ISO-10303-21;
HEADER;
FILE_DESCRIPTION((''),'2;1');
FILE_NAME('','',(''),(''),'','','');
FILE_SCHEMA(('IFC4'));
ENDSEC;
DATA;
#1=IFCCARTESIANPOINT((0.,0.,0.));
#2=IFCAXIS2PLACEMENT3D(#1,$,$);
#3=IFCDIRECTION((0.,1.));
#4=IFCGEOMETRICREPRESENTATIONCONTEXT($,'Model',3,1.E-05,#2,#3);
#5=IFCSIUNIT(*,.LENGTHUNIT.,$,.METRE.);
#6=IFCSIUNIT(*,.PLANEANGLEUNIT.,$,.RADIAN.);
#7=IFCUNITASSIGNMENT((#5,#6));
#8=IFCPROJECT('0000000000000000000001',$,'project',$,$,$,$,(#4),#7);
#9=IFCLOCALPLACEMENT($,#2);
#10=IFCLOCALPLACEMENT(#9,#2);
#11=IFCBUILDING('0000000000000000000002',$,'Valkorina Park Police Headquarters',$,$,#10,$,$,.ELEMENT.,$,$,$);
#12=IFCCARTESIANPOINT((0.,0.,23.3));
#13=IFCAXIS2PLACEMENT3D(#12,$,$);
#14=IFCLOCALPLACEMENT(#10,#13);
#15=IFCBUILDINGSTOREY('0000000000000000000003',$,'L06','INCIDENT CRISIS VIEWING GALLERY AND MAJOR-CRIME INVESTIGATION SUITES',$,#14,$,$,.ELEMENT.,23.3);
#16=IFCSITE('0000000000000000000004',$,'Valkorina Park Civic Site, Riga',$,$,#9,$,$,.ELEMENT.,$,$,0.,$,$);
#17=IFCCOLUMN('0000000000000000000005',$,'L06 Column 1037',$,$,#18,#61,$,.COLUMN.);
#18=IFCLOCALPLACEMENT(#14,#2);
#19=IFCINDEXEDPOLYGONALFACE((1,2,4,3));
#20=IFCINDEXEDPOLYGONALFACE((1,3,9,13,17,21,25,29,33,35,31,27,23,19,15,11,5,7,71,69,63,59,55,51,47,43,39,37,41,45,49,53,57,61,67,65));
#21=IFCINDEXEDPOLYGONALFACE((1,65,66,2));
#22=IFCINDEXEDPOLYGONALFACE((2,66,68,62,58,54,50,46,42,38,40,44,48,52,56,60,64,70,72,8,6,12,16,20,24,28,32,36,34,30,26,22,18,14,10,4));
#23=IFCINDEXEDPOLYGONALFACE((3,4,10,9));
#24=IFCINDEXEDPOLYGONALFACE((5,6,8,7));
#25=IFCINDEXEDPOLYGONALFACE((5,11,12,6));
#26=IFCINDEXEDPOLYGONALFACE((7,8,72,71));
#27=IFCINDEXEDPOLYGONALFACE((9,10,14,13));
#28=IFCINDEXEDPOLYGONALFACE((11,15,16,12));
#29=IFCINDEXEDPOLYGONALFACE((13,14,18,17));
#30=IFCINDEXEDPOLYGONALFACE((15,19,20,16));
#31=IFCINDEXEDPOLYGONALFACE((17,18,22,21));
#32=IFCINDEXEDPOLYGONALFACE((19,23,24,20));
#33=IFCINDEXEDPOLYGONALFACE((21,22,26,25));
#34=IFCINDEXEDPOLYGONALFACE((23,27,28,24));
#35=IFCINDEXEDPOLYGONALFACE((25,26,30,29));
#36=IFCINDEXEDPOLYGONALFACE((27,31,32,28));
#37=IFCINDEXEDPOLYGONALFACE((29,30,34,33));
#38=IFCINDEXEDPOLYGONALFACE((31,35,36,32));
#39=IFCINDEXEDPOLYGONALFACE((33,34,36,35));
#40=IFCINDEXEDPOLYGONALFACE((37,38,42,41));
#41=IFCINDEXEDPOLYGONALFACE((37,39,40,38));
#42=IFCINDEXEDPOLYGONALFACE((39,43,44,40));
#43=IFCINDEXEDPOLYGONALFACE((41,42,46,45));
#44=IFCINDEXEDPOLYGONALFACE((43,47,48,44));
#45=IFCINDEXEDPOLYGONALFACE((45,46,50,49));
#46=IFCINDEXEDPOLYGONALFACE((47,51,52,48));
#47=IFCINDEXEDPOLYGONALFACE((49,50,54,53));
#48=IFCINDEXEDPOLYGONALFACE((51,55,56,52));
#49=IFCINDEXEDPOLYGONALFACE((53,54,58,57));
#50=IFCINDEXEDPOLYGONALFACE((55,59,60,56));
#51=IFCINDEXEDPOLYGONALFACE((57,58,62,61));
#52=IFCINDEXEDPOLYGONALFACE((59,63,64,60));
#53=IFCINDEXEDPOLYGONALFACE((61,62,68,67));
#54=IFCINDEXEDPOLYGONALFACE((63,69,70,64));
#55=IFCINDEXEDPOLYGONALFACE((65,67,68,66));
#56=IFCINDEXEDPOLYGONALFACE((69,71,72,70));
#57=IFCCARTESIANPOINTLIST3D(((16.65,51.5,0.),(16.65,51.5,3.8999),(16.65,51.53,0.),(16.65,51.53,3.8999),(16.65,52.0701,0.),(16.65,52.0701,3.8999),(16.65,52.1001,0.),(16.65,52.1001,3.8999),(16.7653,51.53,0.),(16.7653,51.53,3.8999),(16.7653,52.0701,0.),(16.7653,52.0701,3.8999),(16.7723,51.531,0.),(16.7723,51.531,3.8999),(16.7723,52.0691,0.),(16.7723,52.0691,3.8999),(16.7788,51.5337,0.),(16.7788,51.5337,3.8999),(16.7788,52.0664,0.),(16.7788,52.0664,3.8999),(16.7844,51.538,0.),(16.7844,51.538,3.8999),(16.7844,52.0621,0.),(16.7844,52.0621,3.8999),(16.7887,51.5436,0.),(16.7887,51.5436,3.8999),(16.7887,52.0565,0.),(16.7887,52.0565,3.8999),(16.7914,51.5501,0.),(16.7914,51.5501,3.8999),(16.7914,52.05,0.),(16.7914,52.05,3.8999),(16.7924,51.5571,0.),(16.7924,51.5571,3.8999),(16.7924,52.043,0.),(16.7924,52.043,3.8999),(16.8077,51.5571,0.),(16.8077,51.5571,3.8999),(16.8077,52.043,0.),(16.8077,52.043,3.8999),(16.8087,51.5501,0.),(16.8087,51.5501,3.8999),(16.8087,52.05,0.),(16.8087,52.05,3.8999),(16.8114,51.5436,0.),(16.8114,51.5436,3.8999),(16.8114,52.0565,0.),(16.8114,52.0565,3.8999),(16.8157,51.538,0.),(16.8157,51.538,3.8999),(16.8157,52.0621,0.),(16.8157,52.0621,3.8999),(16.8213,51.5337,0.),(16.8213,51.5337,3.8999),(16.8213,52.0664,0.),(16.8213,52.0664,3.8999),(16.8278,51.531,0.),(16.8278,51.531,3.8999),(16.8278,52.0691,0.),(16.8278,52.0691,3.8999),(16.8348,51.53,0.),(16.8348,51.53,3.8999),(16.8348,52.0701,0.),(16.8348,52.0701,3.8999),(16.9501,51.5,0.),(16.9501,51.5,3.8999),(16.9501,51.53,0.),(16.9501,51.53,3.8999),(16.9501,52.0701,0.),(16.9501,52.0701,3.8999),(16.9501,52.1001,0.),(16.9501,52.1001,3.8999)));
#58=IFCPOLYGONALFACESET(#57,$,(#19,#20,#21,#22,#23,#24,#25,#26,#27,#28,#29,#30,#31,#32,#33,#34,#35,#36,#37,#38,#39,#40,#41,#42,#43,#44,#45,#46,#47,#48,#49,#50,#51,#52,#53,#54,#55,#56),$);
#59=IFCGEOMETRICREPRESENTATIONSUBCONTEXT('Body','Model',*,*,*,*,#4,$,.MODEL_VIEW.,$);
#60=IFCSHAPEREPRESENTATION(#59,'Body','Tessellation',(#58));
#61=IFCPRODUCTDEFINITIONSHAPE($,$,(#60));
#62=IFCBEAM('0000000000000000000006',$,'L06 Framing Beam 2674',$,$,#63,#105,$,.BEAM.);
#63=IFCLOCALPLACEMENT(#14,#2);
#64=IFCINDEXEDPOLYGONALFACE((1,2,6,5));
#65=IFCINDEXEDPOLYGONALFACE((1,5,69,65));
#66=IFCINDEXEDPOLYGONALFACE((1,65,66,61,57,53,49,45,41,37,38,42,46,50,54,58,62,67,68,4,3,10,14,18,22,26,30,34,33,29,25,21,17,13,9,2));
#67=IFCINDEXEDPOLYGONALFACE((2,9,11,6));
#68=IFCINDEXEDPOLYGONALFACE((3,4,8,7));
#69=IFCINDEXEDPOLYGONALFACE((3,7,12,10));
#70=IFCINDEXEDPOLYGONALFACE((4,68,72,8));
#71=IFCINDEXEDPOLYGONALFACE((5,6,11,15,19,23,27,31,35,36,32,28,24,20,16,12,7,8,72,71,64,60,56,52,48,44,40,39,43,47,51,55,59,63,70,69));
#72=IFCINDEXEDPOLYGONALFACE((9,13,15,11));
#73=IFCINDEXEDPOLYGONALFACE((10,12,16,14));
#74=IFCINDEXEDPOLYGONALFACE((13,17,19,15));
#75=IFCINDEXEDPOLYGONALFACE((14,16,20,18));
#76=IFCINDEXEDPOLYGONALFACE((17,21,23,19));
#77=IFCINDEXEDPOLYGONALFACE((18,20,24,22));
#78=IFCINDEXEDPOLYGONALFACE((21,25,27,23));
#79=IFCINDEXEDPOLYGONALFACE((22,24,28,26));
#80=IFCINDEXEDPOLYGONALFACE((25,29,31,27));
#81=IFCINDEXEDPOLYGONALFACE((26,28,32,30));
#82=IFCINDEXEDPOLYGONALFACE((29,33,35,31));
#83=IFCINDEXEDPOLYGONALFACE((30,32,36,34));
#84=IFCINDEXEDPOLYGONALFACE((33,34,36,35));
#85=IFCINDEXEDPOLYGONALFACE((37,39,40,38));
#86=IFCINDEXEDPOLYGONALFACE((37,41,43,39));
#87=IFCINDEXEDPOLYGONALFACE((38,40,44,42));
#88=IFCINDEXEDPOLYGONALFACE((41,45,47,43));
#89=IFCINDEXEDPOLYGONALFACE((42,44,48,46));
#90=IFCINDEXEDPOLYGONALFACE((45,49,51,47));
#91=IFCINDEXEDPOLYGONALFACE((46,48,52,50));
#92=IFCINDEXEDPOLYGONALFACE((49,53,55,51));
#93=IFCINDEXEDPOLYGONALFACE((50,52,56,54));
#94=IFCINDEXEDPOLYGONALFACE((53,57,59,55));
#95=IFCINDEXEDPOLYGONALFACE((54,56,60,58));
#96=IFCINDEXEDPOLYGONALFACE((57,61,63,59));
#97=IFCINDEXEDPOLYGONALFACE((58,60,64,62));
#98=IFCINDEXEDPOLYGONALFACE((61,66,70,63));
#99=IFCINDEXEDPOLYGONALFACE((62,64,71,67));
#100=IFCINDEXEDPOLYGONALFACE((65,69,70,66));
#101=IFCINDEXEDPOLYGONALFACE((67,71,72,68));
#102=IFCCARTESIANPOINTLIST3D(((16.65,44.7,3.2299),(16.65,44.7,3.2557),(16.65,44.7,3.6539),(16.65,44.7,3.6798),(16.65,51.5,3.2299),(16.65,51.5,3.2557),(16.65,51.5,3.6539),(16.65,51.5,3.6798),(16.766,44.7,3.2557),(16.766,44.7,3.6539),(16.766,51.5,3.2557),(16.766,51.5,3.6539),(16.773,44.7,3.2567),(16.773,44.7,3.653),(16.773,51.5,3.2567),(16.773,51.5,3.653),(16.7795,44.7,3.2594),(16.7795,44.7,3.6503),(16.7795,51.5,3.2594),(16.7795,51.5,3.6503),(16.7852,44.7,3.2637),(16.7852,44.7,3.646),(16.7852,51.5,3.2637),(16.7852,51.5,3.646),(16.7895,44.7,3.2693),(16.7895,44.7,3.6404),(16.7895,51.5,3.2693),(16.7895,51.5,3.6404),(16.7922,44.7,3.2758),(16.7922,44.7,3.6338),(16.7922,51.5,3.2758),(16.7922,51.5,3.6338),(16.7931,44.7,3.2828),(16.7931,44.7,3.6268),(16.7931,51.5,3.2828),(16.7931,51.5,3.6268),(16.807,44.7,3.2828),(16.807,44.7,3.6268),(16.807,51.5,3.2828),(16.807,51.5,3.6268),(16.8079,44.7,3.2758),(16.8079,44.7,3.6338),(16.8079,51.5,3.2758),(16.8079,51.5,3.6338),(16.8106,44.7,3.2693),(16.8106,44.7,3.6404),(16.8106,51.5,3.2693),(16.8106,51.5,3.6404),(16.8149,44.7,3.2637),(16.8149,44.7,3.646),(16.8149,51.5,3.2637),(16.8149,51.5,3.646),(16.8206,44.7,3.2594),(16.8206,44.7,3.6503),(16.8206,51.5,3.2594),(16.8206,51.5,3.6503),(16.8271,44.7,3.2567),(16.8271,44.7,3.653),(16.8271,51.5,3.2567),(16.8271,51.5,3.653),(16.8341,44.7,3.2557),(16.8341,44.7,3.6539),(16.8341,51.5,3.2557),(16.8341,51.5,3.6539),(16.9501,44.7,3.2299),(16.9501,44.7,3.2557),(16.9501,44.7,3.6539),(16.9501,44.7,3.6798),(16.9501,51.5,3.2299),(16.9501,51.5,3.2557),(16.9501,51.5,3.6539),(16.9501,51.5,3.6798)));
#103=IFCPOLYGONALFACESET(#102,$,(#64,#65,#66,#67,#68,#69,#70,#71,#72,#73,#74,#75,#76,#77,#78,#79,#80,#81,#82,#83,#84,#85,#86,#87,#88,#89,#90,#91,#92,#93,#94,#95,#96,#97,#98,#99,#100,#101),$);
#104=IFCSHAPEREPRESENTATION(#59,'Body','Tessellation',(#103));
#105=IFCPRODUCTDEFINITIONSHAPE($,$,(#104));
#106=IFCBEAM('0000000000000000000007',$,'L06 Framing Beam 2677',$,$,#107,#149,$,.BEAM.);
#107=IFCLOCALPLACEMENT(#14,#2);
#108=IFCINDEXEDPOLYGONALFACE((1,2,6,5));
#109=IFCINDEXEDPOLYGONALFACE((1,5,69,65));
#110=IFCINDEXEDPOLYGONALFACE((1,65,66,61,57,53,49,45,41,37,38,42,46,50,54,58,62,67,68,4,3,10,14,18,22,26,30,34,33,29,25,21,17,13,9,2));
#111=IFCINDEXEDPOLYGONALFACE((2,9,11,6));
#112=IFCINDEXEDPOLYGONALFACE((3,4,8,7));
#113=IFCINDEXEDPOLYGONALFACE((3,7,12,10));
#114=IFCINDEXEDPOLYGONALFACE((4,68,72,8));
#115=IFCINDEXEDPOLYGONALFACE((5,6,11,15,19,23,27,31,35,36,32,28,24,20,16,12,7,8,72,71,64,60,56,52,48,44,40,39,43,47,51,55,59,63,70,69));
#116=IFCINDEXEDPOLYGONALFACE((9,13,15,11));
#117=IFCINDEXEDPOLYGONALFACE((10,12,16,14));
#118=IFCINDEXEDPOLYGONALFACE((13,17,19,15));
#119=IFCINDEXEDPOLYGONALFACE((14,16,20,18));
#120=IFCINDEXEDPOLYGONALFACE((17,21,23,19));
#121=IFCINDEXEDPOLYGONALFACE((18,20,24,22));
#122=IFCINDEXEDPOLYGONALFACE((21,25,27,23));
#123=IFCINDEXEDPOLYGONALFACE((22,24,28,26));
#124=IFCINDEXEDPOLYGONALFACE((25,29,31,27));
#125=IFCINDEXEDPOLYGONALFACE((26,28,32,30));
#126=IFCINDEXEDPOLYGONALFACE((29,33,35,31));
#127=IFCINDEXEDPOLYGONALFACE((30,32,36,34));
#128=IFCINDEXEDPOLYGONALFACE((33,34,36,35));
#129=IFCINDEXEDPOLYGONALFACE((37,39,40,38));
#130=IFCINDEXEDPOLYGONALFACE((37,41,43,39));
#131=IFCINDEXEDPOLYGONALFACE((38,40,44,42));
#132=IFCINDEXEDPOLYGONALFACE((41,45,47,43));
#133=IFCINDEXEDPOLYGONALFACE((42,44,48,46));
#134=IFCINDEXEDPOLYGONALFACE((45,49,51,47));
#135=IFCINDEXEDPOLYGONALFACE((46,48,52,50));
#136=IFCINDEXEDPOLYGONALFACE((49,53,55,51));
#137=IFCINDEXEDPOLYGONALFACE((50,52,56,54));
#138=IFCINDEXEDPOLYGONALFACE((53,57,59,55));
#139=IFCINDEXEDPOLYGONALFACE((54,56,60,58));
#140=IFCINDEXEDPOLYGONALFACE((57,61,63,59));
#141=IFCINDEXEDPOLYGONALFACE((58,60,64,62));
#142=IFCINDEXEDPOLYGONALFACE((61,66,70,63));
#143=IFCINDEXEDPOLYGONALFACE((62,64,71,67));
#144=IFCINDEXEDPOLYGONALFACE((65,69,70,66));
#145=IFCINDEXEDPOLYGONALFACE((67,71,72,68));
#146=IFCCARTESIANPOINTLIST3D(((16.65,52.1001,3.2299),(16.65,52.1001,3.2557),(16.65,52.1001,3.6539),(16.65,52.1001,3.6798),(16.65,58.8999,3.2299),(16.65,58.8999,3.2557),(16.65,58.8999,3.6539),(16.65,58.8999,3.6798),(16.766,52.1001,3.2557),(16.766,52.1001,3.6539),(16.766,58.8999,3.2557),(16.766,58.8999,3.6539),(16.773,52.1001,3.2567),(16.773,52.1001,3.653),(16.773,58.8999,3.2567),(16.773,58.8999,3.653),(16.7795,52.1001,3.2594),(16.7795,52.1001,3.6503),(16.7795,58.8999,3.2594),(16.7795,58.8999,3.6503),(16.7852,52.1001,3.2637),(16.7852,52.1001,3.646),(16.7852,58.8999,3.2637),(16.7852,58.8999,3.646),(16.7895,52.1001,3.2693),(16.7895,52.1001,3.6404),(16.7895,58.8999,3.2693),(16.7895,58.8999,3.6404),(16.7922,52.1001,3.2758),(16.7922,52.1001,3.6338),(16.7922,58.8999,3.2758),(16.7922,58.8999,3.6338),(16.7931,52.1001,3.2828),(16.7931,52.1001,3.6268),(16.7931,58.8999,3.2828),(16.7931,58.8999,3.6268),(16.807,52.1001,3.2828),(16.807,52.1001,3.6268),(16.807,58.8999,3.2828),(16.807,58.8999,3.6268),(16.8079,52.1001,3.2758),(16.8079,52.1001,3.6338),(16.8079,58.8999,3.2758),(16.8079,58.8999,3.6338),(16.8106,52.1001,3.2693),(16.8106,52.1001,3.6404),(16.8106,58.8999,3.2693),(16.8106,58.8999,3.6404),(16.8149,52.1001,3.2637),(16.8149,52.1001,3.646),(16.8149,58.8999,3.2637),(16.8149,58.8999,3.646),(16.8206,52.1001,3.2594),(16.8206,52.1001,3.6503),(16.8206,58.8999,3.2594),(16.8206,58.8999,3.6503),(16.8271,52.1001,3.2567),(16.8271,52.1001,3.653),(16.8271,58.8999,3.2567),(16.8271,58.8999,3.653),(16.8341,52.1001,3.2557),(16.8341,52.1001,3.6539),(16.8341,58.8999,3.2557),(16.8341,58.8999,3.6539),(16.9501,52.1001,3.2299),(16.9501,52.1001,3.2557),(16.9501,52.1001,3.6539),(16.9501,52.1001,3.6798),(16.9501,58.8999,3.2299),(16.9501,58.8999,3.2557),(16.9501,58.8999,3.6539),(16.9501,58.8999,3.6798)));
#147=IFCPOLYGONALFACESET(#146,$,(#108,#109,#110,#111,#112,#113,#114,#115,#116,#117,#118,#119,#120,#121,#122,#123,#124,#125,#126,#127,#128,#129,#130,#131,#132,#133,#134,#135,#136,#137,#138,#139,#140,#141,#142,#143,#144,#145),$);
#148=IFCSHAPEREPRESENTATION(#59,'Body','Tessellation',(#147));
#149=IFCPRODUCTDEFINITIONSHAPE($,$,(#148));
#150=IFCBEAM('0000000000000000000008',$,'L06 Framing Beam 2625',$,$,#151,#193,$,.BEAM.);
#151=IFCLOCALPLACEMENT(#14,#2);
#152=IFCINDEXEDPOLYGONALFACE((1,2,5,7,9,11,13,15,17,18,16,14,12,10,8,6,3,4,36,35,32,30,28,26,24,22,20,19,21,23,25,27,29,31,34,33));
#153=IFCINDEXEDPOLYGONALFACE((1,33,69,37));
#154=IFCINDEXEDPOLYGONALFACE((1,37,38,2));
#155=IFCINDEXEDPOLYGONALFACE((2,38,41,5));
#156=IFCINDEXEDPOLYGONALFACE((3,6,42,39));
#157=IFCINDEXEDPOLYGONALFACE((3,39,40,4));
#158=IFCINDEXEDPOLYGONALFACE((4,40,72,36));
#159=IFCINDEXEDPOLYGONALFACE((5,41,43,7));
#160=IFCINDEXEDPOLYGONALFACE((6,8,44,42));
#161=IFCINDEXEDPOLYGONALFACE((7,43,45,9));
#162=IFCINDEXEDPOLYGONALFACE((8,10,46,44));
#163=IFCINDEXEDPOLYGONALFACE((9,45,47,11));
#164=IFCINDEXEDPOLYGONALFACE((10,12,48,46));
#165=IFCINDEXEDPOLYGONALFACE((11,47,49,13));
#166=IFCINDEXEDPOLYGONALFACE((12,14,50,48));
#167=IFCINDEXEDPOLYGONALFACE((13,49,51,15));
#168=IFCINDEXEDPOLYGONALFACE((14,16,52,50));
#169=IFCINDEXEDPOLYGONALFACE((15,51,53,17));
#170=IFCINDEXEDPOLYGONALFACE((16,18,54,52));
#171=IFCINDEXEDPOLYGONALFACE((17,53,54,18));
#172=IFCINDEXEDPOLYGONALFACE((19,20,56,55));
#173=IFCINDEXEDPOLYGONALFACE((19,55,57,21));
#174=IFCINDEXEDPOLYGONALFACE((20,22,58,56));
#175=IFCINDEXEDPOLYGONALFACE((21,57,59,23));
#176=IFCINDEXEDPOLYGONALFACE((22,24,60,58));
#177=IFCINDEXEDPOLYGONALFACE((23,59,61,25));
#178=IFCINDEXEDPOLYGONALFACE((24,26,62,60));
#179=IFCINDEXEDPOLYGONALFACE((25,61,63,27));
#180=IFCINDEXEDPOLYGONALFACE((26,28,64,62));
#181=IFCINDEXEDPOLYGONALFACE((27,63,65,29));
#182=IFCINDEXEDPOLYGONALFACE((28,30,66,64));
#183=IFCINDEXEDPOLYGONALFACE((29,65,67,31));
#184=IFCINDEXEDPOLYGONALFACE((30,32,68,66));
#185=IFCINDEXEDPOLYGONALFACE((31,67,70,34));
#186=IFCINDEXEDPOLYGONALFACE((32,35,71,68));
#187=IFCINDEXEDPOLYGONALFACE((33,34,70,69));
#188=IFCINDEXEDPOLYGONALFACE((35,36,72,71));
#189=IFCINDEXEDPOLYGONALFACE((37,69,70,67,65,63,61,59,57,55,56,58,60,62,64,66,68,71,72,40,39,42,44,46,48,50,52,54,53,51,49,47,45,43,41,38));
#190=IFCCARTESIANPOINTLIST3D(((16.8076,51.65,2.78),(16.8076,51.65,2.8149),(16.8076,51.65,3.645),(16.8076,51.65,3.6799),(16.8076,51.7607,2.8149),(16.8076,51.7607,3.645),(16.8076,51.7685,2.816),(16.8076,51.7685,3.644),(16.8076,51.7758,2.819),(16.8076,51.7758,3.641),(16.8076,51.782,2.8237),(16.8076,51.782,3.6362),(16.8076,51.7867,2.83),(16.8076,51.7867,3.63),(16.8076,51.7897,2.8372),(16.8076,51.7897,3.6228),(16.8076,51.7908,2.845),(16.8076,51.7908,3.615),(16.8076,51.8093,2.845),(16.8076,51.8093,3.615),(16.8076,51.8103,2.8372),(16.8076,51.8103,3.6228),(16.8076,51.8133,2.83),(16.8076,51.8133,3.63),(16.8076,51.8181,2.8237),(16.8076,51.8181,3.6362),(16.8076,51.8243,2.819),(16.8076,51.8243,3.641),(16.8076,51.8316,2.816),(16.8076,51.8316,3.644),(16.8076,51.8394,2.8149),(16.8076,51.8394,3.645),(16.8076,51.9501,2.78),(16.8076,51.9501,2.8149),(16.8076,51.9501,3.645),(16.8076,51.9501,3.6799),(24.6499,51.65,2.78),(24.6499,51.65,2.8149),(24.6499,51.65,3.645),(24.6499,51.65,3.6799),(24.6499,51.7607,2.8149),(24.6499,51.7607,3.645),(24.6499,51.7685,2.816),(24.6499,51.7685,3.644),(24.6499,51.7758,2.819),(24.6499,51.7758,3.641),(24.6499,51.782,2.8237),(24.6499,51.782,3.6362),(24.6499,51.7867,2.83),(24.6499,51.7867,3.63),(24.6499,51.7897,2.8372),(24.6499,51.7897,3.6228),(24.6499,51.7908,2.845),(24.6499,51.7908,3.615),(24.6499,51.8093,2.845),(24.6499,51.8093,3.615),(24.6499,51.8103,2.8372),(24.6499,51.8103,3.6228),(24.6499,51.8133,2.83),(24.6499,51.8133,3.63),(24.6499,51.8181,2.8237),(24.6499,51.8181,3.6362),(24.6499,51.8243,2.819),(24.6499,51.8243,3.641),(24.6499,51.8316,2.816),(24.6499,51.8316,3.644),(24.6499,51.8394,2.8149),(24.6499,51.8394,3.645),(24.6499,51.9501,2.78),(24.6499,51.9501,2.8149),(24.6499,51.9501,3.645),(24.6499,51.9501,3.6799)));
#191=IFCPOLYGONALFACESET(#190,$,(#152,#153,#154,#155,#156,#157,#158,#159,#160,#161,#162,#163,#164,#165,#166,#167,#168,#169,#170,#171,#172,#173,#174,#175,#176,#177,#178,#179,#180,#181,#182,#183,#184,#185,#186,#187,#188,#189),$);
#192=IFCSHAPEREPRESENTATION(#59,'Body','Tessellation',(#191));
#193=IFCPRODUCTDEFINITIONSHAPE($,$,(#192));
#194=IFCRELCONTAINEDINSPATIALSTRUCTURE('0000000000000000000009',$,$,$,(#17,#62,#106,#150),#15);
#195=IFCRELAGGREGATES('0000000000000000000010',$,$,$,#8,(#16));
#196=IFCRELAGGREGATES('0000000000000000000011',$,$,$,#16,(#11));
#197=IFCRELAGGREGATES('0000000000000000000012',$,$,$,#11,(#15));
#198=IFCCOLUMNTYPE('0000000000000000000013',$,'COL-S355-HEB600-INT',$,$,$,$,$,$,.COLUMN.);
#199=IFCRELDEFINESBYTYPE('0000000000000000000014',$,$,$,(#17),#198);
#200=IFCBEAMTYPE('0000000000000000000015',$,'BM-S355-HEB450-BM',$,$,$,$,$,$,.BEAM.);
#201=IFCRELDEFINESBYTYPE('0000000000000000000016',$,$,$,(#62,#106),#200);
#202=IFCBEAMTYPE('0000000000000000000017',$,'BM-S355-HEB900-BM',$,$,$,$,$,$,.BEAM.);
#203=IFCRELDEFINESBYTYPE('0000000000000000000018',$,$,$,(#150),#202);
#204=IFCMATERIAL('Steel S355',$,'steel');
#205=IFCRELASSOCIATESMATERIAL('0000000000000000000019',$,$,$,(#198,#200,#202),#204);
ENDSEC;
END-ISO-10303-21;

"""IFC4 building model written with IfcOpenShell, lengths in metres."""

from ifc_helpers import new_model, si_unit, direction, frame, origin, origin_2d, place, context, subcontext, project, spatial, i_section, extrude, material, material_profile, profile_set, type_object, element, save


model = new_model("IFC4")

# Units and contexts
model_context = context("Model", 3, precision=1e-05, world=origin(), true_north=direction((0.0, 1.0)))
body_context = subcontext(model_context, "Body", "Model", "MODEL_VIEW")
ifc_project = project(units=[si_unit("LENGTHUNIT", "METRE"), si_unit("PLANEANGLEUNIT", "RADIAN")], contexts=[model_context])

# Site, building, storey
site_placement = place(None, origin())
site = spatial("IfcSite", under=ifc_project, at=site_placement, Name="Valkorina Park Civic Site, Riga", CompositionType="ELEMENT", RefElevation=0.0)
building_placement = place(site_placement, origin())
building = spatial("IfcBuilding", under=site, at=building_placement, Name="Valkorina Park Police Headquarters", CompositionType="ELEMENT")
storey_placement = place(building_placement, frame((0.0, 0.0, 23.3)))
storey = spatial("IfcBuildingStorey", under=building, at=storey_placement, Name="L06", Description="INCIDENT CRISIS VIEWING GALLERY AND MAJOR-CRIME INVESTIGATION SUITES", CompositionType="ELEMENT", Elevation=23.3)

# Column
ifc_material_1 = material(Name="Steel S355", Category="steel")
ifc_material_profile_1 = material_profile(ifc_material_1, i_section(OverallWidth=0.3, OverallDepth=0.6001, WebThickness=0.0154, FlangeThickness=0.03, FilletRadius=0.0271, at=origin_2d()), Name="HEB 600")
ifc_profile_set_1 = profile_set([ifc_material_profile_1], Name="Steel S355")
column_type = type_object("IfcColumnType", Name="COL-S355-HEB600-INT", PredefinedType="COLUMN", material=ifc_profile_set_1)
column_placement = place(storey_placement, frame((16.8, 51.8, 0.0), z_axis=(0.0, 0.0, 1.0), x_axis=(1.0, 0.0, 0.0)))
element("IfcColumn", 1, at=column_placement, inside=storey, type_object=column_type, Name="L06 Column 1037", PredefinedType="COLUMN", context=body_context, shape_type="SweptSolid", body=[
    extrude(i_section(OverallWidth=0.3, OverallDepth=0.6001, WebThickness=0.0154, FlangeThickness=0.03, FilletRadius=0.0271, at=origin_2d()), origin(), (0.0, 0.0, 1.0), 3.8999),
])

# Beams
ifc_material_profile_2 = material_profile(ifc_material_1, i_section(OverallWidth=0.3, OverallDepth=0.45, WebThickness=0.0139, FlangeThickness=0.0259, FilletRadius=0.0271, at=origin_2d()), Name="HEB 450")
ifc_profile_set_2 = profile_set([ifc_material_profile_2], Name="Steel S355")
beam_type_1 = type_object("IfcBeamType", Name="BM-S355-HEB450-BM", PredefinedType="BEAM", material=ifc_profile_set_2)
beam_1_placement = place(storey_placement, frame((16.8, 44.7, 3.4548), z_axis=(0.0, 1.0, 0.0), x_axis=(-1.0, 0.0, 0.0)))
element("IfcBeam", 2, at=beam_1_placement, inside=storey, type_object=beam_type_1, Name="L06 Framing Beam 2674", PredefinedType="BEAM", context=body_context, shape_type="SweptSolid", body=[
    extrude(i_section(OverallWidth=0.3, OverallDepth=0.45, WebThickness=0.0139, FlangeThickness=0.0259, FilletRadius=0.0271, at=origin_2d()), origin(), (0.0, 0.0, 1.0), 6.8),
])
beam_2_placement = place(storey_placement, frame((16.8, 52.1001, 3.4548), z_axis=(0.0, 1.0, 0.0), x_axis=(-1.0, 0.0, 0.0)))
element("IfcBeam", 3, at=beam_2_placement, inside=storey, type_object=beam_type_1, Name="L06 Framing Beam 2677", PredefinedType="BEAM", context=body_context, shape_type="SweptSolid", body=[
    extrude(i_section(OverallWidth=0.3, OverallDepth=0.45, WebThickness=0.0139, FlangeThickness=0.0259, FilletRadius=0.0271, at=origin_2d()), origin(), (0.0, 0.0, 1.0), 6.7998),
])
ifc_material_profile_3 = material_profile(ifc_material_1, i_section(OverallWidth=0.3, OverallDepth=0.8999, WebThickness=0.0186, FlangeThickness=0.0349, FilletRadius=0.03, at=origin_2d()), Name="HEB 900")
ifc_profile_set_3 = profile_set([ifc_material_profile_3], Name="Steel S355")
beam_type_2 = type_object("IfcBeamType", Name="BM-S355-HEB900-BM", PredefinedType="BEAM", material=ifc_profile_set_3)
beam_3_placement = place(storey_placement, frame((16.8076, 51.8, 3.23), z_axis=(1.0, 0.0, 0.0), x_axis=(0.0, 1.0, 0.0)))
element("IfcBeam", 4, at=beam_3_placement, inside=storey, type_object=beam_type_2, Name="L06 Framing Beam 2625", PredefinedType="BEAM", context=body_context, shape_type="SweptSolid", body=[
    extrude(i_section(OverallWidth=0.3, OverallDepth=0.8999, WebThickness=0.0186, FlangeThickness=0.0349, FilletRadius=0.03, at=origin_2d()), origin(), (0.0, 0.0, 1.0), 7.8423),
])

save(model, "model.ifc")
